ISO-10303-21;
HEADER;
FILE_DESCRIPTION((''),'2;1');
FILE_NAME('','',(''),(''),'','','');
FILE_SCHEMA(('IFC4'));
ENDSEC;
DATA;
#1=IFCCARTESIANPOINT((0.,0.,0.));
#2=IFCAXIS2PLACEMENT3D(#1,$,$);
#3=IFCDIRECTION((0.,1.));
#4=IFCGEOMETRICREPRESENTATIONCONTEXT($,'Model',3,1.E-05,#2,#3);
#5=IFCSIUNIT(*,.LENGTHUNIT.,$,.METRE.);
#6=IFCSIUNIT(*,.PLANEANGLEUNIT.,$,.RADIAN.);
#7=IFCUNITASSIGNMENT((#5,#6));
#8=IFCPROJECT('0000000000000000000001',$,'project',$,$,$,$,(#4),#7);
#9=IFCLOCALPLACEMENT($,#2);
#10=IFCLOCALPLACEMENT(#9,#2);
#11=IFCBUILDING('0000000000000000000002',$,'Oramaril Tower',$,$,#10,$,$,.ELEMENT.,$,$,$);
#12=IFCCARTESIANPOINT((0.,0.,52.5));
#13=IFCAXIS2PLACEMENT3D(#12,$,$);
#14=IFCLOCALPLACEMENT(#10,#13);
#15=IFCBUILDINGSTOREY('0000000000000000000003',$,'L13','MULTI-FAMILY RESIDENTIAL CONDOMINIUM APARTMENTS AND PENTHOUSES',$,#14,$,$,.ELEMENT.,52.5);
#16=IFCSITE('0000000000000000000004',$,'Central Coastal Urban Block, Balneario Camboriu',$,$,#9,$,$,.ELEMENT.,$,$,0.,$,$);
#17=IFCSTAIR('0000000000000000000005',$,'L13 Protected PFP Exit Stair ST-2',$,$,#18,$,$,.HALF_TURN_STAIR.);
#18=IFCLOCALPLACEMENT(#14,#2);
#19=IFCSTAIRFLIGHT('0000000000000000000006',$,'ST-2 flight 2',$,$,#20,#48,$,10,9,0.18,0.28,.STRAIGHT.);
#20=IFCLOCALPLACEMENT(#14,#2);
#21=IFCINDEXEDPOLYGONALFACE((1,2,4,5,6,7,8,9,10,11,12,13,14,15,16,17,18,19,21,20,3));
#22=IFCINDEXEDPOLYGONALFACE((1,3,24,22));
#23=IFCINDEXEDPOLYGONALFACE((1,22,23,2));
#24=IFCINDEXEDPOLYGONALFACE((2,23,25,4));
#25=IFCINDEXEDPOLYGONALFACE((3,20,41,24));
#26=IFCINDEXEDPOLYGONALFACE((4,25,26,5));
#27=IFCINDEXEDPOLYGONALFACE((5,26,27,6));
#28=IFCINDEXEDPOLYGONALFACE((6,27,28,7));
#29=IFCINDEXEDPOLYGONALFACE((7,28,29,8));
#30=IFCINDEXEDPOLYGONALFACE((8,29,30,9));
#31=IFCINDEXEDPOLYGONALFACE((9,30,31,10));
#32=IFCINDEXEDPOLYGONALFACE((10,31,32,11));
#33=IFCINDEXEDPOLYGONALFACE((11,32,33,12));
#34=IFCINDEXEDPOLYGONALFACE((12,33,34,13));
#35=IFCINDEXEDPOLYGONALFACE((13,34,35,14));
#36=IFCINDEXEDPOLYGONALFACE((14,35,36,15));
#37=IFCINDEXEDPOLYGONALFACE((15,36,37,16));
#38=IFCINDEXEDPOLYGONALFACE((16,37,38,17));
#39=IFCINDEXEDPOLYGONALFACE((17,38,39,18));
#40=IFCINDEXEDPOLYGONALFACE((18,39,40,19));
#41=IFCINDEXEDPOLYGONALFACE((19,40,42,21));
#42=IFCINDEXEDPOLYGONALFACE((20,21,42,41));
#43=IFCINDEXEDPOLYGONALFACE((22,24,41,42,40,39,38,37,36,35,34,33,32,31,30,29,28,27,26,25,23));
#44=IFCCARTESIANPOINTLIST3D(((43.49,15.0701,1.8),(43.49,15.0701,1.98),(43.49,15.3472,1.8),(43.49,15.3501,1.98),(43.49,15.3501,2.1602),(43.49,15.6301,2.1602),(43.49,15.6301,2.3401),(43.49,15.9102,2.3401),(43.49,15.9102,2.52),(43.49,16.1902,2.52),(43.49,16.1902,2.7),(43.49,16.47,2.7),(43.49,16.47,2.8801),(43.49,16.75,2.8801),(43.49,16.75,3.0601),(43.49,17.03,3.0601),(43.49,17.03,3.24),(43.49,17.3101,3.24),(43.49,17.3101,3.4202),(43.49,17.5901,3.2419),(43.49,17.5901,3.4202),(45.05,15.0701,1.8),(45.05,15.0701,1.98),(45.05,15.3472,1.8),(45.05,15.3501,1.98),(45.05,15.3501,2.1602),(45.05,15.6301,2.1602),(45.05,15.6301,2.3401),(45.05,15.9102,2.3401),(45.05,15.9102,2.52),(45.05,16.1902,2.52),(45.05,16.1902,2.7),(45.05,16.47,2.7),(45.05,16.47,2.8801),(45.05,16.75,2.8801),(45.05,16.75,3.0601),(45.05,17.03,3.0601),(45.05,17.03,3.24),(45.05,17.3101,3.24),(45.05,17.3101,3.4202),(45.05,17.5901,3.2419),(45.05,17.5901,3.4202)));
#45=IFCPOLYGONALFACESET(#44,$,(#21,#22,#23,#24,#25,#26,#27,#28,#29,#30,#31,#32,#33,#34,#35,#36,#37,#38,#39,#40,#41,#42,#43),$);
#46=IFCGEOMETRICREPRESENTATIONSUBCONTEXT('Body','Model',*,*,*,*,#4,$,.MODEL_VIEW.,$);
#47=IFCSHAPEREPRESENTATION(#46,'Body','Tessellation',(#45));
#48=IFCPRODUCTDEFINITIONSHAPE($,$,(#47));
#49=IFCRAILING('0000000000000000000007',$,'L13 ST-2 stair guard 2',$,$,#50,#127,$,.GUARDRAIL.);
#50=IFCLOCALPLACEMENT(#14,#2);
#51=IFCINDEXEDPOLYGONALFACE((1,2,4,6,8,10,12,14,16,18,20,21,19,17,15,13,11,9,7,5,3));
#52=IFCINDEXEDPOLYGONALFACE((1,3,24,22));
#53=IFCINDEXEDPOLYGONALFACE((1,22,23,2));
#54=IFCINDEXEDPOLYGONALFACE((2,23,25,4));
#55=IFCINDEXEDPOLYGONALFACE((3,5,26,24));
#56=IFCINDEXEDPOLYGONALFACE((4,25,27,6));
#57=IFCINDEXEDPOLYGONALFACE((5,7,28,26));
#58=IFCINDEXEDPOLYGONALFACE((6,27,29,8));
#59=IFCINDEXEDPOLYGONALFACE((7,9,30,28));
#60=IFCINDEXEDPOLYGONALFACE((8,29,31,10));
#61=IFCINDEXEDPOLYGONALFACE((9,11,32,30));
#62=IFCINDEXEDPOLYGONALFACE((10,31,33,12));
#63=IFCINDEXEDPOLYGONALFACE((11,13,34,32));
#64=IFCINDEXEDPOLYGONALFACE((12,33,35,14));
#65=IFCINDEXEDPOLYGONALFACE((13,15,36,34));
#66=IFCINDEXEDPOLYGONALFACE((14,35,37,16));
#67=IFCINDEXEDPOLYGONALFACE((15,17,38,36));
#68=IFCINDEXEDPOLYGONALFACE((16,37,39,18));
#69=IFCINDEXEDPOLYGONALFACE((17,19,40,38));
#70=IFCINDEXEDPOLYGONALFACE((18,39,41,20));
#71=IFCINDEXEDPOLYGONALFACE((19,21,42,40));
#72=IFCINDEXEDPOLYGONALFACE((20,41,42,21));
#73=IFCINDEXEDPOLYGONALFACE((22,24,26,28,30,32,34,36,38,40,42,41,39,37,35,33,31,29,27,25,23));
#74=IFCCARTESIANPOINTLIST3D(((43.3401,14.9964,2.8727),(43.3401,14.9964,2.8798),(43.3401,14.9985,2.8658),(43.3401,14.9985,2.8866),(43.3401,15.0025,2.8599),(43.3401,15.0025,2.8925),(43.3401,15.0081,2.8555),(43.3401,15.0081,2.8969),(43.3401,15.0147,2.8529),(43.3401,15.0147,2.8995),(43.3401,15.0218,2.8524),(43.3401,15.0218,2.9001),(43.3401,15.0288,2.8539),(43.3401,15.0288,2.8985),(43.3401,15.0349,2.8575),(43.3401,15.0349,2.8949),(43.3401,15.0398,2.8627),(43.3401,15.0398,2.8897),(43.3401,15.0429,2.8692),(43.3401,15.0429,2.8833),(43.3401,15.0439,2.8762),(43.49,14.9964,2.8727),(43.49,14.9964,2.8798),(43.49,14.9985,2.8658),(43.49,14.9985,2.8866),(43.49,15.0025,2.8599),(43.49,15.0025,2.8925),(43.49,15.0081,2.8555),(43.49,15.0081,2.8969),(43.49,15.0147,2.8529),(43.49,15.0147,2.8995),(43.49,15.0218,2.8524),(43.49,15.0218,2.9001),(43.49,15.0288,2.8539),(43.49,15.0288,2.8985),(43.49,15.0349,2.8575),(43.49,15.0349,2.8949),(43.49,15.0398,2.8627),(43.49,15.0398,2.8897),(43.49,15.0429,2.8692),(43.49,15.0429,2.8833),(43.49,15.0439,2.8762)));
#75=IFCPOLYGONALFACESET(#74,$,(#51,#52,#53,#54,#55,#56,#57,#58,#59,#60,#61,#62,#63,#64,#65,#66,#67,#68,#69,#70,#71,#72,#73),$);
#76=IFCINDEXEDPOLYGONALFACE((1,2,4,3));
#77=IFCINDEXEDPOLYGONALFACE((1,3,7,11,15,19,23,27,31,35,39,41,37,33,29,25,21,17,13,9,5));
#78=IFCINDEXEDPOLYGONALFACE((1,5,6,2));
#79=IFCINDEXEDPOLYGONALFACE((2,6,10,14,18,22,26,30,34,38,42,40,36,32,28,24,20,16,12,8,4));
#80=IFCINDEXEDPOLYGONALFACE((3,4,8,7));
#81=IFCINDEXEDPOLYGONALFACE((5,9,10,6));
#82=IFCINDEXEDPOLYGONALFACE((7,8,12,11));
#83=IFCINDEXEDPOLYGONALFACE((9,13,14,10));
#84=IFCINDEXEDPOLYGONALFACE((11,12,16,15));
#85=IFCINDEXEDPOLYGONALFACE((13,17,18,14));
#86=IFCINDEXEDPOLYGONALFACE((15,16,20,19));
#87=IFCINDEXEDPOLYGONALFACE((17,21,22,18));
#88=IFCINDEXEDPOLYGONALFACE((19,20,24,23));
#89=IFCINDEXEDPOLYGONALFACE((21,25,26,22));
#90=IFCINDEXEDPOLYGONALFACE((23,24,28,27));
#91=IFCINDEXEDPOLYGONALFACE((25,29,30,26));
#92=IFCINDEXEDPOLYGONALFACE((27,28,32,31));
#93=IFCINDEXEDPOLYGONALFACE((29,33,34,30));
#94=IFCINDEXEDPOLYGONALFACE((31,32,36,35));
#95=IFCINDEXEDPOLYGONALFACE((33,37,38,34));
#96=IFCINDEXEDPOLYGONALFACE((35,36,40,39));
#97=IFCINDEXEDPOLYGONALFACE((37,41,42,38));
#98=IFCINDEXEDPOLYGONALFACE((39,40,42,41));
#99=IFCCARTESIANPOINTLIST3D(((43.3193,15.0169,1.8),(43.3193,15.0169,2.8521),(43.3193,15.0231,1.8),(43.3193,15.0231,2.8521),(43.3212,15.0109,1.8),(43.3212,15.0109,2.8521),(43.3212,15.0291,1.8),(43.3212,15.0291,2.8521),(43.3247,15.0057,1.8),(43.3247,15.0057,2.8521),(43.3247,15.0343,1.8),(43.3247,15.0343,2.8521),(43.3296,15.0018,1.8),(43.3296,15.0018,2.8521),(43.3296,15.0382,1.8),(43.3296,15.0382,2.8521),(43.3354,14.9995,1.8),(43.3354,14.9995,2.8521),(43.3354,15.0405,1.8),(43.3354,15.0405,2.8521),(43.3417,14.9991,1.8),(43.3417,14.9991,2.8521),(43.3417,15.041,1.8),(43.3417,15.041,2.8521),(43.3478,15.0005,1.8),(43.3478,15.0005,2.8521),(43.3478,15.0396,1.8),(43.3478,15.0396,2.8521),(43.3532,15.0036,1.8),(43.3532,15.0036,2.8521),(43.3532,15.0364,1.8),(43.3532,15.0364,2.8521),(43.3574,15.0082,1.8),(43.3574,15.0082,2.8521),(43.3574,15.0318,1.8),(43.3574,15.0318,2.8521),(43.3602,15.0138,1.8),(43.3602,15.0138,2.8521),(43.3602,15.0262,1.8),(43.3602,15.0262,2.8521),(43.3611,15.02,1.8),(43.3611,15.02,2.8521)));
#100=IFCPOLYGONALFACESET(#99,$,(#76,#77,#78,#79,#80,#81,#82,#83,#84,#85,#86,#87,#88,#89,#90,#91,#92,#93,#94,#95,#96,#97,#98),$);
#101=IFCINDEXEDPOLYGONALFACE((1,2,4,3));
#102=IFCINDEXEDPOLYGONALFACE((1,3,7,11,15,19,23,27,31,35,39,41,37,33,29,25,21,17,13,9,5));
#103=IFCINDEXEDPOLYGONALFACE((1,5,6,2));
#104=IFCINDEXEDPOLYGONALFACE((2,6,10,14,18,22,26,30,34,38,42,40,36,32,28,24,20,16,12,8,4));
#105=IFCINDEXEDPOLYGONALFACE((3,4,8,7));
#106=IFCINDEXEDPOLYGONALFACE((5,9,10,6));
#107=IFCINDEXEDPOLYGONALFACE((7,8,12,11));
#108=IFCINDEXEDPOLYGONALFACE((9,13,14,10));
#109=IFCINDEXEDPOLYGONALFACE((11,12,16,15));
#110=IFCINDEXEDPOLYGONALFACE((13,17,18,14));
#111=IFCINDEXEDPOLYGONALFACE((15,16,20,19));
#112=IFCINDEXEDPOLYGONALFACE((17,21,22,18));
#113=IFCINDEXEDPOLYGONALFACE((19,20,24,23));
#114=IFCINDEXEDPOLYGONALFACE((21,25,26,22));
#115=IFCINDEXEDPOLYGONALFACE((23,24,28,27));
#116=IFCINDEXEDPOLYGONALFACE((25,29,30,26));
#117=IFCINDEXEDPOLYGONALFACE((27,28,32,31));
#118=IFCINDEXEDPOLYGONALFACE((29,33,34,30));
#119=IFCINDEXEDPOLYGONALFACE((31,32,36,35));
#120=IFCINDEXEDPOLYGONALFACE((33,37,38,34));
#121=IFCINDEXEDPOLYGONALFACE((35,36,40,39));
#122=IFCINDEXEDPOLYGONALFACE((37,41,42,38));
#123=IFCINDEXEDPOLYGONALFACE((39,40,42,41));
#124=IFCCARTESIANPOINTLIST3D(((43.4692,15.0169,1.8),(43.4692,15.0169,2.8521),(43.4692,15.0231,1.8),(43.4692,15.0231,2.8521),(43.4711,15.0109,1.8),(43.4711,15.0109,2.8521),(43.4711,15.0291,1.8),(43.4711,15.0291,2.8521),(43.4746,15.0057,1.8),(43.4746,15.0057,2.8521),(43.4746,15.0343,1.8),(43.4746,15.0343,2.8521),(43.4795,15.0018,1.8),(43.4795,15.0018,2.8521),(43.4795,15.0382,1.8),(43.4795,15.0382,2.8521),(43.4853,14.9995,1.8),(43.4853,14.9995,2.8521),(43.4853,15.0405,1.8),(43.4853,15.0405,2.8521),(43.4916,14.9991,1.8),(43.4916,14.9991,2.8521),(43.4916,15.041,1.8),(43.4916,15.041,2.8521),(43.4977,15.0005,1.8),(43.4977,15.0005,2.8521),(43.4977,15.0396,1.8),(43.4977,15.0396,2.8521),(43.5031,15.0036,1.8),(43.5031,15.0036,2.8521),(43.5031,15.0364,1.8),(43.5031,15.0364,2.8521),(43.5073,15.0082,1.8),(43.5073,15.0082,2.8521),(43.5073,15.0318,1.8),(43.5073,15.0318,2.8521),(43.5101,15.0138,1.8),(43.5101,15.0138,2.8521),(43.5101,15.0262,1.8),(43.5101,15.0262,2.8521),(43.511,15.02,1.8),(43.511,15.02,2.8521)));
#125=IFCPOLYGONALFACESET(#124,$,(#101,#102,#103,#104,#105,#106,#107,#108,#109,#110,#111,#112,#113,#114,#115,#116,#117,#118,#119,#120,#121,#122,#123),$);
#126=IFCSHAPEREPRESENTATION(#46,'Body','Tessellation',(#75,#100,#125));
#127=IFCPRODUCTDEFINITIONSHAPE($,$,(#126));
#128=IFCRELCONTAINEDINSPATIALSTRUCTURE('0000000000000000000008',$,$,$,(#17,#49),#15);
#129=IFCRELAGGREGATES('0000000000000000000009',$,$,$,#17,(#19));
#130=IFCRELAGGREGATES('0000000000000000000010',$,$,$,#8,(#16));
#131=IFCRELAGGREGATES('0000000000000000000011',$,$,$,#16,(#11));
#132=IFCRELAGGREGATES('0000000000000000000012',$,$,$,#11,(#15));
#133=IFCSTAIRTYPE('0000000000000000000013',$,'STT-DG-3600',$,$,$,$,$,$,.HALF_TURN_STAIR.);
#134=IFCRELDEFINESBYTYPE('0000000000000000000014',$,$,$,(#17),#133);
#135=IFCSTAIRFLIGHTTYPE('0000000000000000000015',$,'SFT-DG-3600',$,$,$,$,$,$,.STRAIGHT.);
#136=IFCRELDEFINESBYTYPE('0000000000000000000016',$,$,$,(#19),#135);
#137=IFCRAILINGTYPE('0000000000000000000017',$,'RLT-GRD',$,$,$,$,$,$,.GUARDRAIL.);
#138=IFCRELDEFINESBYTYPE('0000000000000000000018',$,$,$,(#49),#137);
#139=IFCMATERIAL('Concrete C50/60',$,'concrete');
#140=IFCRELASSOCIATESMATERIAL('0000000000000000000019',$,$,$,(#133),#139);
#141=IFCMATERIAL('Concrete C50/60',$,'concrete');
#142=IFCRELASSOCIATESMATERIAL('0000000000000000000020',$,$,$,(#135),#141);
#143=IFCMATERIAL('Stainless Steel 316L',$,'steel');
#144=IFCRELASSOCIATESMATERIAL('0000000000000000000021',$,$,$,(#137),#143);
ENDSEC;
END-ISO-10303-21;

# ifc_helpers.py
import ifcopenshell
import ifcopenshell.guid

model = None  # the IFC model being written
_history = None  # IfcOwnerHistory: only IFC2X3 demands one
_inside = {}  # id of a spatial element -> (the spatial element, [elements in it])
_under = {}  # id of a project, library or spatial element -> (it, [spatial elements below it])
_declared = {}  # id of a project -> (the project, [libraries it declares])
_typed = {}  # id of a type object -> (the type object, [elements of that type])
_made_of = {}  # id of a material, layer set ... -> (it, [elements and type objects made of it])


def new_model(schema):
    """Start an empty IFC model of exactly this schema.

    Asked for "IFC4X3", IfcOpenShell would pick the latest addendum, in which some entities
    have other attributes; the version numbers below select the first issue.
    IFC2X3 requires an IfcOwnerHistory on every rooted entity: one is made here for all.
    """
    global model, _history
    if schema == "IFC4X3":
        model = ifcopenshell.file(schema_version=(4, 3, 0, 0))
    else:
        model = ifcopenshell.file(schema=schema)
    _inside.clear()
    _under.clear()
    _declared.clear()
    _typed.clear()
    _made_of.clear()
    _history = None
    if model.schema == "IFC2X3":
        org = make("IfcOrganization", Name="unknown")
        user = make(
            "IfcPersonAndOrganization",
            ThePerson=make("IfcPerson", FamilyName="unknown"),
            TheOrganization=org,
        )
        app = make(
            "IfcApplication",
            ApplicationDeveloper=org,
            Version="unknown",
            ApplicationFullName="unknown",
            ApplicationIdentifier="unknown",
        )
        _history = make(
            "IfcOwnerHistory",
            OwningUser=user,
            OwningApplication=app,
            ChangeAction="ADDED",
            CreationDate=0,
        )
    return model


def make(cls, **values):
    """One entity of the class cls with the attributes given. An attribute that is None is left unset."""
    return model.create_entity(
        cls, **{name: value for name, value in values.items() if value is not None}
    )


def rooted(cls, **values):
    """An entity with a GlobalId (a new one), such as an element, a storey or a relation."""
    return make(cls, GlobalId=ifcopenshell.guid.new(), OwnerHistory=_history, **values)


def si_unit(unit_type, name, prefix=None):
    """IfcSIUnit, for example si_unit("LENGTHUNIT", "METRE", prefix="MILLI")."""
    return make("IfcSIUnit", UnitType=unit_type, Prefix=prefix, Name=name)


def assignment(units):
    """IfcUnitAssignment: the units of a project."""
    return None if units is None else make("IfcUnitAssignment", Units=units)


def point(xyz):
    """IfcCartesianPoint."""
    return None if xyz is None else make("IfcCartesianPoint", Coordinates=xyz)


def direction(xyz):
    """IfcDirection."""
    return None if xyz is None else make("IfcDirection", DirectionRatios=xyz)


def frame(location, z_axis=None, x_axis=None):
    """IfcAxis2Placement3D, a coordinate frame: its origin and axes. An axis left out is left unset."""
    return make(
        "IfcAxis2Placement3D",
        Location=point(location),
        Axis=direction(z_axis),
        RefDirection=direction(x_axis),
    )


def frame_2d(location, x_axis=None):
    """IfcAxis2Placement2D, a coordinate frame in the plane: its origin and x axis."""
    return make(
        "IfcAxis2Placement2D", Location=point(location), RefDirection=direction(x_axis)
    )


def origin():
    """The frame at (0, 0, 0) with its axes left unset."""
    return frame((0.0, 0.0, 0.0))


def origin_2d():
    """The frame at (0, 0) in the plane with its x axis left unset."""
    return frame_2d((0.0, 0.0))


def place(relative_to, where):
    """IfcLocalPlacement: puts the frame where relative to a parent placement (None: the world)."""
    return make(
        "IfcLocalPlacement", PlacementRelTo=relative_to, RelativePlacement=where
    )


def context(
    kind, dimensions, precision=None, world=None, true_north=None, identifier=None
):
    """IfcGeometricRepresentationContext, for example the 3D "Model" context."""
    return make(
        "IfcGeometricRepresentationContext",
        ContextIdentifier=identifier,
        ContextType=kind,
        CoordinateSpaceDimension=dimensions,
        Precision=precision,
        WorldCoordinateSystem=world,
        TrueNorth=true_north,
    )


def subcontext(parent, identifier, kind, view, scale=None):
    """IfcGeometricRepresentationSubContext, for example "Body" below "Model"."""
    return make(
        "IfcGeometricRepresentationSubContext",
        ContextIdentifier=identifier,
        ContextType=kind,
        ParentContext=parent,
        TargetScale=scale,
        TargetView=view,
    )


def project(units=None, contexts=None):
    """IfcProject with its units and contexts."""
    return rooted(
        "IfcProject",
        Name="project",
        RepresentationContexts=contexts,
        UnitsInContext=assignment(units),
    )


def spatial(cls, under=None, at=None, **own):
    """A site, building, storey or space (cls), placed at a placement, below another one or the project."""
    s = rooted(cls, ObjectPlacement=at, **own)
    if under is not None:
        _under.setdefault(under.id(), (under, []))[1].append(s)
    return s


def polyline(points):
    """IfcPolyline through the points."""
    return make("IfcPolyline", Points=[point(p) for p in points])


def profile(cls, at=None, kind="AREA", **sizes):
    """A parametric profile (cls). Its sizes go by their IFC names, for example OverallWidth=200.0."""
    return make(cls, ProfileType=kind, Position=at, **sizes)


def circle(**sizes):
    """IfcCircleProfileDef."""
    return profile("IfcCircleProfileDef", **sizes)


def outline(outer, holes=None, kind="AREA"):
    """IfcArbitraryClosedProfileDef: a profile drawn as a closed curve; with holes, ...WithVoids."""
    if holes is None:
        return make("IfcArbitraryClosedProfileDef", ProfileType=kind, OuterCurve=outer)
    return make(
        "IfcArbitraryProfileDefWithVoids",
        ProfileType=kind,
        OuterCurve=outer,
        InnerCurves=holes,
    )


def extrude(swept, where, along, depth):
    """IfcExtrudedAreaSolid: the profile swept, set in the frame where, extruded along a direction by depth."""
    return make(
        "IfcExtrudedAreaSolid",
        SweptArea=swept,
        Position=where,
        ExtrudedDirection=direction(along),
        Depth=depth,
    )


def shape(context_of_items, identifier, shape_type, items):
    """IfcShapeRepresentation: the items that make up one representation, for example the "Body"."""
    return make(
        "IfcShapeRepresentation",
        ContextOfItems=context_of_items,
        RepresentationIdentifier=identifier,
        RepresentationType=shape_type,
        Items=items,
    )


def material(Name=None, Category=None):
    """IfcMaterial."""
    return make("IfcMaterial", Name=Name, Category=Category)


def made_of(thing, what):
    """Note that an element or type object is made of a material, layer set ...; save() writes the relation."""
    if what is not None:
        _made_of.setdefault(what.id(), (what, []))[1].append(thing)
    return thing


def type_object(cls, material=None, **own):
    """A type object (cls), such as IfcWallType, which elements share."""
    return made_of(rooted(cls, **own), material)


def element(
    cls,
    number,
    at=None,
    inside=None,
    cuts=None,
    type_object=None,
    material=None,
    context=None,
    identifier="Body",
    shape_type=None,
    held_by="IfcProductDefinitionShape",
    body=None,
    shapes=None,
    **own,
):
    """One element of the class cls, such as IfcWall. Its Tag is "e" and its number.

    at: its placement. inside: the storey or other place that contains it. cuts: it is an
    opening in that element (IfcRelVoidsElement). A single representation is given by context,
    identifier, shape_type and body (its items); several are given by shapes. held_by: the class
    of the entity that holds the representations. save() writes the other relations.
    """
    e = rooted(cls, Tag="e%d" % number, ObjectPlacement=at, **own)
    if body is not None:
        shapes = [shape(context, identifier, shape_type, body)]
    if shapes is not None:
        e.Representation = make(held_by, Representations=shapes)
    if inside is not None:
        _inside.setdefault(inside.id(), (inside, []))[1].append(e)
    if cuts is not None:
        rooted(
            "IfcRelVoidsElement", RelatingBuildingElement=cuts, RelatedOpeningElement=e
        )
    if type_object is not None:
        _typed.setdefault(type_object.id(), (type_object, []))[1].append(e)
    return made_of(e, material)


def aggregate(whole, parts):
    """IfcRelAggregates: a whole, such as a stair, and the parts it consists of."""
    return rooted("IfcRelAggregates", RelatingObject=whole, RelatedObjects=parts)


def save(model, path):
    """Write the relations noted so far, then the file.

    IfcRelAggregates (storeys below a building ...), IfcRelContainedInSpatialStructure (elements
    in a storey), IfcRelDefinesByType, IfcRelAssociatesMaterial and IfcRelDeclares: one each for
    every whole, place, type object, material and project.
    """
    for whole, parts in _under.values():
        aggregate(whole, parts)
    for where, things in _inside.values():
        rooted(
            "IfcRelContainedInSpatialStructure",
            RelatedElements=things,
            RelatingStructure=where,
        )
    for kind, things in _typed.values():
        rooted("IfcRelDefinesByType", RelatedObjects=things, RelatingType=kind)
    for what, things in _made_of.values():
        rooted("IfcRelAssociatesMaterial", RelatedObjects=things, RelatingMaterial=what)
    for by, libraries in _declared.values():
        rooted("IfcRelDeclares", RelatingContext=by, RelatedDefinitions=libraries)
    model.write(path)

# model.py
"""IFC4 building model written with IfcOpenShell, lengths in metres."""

from ifc_helpers import new_model, si_unit, direction, frame, origin, origin_2d, place, context, subcontext, project, spatial, polyline, circle, outline, extrude, material, type_object, element, aggregate, save


model = new_model("IFC4")

# Units and contexts
model_context = context("Model", 3, precision=1e-05, world=origin(), true_north=direction((0.0, 1.0)))
body_context = subcontext(model_context, "Body", "Model", "MODEL_VIEW")
ifc_project = project(units=[si_unit("LENGTHUNIT", "METRE"), si_unit("PLANEANGLEUNIT", "RADIAN")], contexts=[model_context])

# Site, building, storey
site_placement = place(None, origin())
site = spatial("IfcSite", under=ifc_project, at=site_placement, Name="Central Coastal Urban Block, Balneario Camboriu", CompositionType="ELEMENT", RefElevation=0.0)
building_placement = place(site_placement, origin())
building = spatial("IfcBuilding", under=site, at=building_placement, Name="Oramaril Tower", CompositionType="ELEMENT")
storey_placement = place(building_placement, frame((0.0, 0.0, 52.5)))
storey = spatial("IfcBuildingStorey", under=building, at=storey_placement, Name="L13", Description="MULTI-FAMILY RESIDENTIAL CONDOMINIUM APARTMENTS AND PENTHOUSES", CompositionType="ELEMENT", Elevation=52.5)

# Stair, stair flight
ifc_material_1 = material(Name="Concrete C50/60", Category="concrete")
stair_type = type_object("IfcStairType", Name="STT-DG-3600", PredefinedType="HALF_TURN_STAIR", material=ifc_material_1)
ifc_material_2 = material(Name="Concrete C50/60", Category="concrete")
stair_flight_type = type_object("IfcStairFlightType", Name="SFT-DG-3600", PredefinedType="STRAIGHT", material=ifc_material_2)
stair_1_placement = place(storey_placement, origin())
stair_1 = element("IfcStair", 1, at=stair_1_placement, inside=storey, type_object=stair_type, Name="L13 Protected PFP Exit Stair ST-2", PredefinedType="HALF_TURN_STAIR")
stair_flight_1_placement = place(storey_placement, frame((44.27, 15.0701, 1.8), z_axis=(0.0, 0.0, 1.0), x_axis=(0.0, 1.0, 0.0)))
stair_flight_1 = element("IfcStairFlight", 2, at=stair_flight_1_placement, type_object=stair_flight_type, Name="ST-2 flight 2", NumberOfRisers=10, NumberOfTreads=9, PredefinedType="STRAIGHT", RiserHeight=0.18, TreadLength=0.28, context=body_context, shape_type="SweptSolid", body=[
    extrude(outline(polyline([(0.0, 0.0), (0.0, 0.1799), (0.28, 0.1799), (0.28, 0.3601), (0.5601, 0.3601), (0.5601, 0.54), (0.8401, 0.54), (0.8401, 0.72), (1.1201, 0.72), (1.1201, 0.8999), (1.3999, 0.8999), (1.3999, 1.0801), (1.6799, 1.0801), (1.6799, 1.26), (1.96, 1.26), (1.96, 1.4399), (2.24, 1.4399), (2.24, 1.6201), (2.52, 1.6201), (2.52, 1.8), (2.52, 1.4419), (0.2771, 0.0), (0.0, 0.0)])), frame((0.0, 0.78, 0.0), z_axis=(0.0, -1.0, 0.0), x_axis=(1.0, 0.0, 0.0)), (0.0, 0.0, 1.0), 1.5601),
])
aggregate(stair_1, [stair_flight_1])

# Railing
ifc_material_3 = material(Name="Stainless Steel 316L", Category="steel")
railing_type_1 = type_object("IfcRailingType", Name="RLT-GRD", PredefinedType="GUARDRAIL", material=ifc_material_3)
railing_1_placement = place(storey_placement, frame((43.3401, 15.02, 1.8)))
element("IfcRailing", 3, at=railing_1_placement, inside=storey, type_object=railing_type_1, Name="L13 ST-2 stair guard 2", PredefinedType="GUARDRAIL", context=body_context, shape_type="SweptSolid", body=[
    extrude(circle(Radius=0.0239, at=origin_2d()), frame((0.0, 0.0, 1.0762), z_axis=(1.0, 0.0, 0.0), x_axis=(0.0, 1.0, 0.0)), (0.0, 0.0, 1.0), 0.1499),
    extrude(circle(Radius=0.021, at=origin_2d()), origin(), (0.0, 0.0, 1.0), 1.052),
    extrude(circle(Radius=0.021, at=origin_2d()), frame((0.1499, 0.0, 0.0)), (0.0, 0.0, 1.0), 1.052),
])

save(model, "model.ifc")
